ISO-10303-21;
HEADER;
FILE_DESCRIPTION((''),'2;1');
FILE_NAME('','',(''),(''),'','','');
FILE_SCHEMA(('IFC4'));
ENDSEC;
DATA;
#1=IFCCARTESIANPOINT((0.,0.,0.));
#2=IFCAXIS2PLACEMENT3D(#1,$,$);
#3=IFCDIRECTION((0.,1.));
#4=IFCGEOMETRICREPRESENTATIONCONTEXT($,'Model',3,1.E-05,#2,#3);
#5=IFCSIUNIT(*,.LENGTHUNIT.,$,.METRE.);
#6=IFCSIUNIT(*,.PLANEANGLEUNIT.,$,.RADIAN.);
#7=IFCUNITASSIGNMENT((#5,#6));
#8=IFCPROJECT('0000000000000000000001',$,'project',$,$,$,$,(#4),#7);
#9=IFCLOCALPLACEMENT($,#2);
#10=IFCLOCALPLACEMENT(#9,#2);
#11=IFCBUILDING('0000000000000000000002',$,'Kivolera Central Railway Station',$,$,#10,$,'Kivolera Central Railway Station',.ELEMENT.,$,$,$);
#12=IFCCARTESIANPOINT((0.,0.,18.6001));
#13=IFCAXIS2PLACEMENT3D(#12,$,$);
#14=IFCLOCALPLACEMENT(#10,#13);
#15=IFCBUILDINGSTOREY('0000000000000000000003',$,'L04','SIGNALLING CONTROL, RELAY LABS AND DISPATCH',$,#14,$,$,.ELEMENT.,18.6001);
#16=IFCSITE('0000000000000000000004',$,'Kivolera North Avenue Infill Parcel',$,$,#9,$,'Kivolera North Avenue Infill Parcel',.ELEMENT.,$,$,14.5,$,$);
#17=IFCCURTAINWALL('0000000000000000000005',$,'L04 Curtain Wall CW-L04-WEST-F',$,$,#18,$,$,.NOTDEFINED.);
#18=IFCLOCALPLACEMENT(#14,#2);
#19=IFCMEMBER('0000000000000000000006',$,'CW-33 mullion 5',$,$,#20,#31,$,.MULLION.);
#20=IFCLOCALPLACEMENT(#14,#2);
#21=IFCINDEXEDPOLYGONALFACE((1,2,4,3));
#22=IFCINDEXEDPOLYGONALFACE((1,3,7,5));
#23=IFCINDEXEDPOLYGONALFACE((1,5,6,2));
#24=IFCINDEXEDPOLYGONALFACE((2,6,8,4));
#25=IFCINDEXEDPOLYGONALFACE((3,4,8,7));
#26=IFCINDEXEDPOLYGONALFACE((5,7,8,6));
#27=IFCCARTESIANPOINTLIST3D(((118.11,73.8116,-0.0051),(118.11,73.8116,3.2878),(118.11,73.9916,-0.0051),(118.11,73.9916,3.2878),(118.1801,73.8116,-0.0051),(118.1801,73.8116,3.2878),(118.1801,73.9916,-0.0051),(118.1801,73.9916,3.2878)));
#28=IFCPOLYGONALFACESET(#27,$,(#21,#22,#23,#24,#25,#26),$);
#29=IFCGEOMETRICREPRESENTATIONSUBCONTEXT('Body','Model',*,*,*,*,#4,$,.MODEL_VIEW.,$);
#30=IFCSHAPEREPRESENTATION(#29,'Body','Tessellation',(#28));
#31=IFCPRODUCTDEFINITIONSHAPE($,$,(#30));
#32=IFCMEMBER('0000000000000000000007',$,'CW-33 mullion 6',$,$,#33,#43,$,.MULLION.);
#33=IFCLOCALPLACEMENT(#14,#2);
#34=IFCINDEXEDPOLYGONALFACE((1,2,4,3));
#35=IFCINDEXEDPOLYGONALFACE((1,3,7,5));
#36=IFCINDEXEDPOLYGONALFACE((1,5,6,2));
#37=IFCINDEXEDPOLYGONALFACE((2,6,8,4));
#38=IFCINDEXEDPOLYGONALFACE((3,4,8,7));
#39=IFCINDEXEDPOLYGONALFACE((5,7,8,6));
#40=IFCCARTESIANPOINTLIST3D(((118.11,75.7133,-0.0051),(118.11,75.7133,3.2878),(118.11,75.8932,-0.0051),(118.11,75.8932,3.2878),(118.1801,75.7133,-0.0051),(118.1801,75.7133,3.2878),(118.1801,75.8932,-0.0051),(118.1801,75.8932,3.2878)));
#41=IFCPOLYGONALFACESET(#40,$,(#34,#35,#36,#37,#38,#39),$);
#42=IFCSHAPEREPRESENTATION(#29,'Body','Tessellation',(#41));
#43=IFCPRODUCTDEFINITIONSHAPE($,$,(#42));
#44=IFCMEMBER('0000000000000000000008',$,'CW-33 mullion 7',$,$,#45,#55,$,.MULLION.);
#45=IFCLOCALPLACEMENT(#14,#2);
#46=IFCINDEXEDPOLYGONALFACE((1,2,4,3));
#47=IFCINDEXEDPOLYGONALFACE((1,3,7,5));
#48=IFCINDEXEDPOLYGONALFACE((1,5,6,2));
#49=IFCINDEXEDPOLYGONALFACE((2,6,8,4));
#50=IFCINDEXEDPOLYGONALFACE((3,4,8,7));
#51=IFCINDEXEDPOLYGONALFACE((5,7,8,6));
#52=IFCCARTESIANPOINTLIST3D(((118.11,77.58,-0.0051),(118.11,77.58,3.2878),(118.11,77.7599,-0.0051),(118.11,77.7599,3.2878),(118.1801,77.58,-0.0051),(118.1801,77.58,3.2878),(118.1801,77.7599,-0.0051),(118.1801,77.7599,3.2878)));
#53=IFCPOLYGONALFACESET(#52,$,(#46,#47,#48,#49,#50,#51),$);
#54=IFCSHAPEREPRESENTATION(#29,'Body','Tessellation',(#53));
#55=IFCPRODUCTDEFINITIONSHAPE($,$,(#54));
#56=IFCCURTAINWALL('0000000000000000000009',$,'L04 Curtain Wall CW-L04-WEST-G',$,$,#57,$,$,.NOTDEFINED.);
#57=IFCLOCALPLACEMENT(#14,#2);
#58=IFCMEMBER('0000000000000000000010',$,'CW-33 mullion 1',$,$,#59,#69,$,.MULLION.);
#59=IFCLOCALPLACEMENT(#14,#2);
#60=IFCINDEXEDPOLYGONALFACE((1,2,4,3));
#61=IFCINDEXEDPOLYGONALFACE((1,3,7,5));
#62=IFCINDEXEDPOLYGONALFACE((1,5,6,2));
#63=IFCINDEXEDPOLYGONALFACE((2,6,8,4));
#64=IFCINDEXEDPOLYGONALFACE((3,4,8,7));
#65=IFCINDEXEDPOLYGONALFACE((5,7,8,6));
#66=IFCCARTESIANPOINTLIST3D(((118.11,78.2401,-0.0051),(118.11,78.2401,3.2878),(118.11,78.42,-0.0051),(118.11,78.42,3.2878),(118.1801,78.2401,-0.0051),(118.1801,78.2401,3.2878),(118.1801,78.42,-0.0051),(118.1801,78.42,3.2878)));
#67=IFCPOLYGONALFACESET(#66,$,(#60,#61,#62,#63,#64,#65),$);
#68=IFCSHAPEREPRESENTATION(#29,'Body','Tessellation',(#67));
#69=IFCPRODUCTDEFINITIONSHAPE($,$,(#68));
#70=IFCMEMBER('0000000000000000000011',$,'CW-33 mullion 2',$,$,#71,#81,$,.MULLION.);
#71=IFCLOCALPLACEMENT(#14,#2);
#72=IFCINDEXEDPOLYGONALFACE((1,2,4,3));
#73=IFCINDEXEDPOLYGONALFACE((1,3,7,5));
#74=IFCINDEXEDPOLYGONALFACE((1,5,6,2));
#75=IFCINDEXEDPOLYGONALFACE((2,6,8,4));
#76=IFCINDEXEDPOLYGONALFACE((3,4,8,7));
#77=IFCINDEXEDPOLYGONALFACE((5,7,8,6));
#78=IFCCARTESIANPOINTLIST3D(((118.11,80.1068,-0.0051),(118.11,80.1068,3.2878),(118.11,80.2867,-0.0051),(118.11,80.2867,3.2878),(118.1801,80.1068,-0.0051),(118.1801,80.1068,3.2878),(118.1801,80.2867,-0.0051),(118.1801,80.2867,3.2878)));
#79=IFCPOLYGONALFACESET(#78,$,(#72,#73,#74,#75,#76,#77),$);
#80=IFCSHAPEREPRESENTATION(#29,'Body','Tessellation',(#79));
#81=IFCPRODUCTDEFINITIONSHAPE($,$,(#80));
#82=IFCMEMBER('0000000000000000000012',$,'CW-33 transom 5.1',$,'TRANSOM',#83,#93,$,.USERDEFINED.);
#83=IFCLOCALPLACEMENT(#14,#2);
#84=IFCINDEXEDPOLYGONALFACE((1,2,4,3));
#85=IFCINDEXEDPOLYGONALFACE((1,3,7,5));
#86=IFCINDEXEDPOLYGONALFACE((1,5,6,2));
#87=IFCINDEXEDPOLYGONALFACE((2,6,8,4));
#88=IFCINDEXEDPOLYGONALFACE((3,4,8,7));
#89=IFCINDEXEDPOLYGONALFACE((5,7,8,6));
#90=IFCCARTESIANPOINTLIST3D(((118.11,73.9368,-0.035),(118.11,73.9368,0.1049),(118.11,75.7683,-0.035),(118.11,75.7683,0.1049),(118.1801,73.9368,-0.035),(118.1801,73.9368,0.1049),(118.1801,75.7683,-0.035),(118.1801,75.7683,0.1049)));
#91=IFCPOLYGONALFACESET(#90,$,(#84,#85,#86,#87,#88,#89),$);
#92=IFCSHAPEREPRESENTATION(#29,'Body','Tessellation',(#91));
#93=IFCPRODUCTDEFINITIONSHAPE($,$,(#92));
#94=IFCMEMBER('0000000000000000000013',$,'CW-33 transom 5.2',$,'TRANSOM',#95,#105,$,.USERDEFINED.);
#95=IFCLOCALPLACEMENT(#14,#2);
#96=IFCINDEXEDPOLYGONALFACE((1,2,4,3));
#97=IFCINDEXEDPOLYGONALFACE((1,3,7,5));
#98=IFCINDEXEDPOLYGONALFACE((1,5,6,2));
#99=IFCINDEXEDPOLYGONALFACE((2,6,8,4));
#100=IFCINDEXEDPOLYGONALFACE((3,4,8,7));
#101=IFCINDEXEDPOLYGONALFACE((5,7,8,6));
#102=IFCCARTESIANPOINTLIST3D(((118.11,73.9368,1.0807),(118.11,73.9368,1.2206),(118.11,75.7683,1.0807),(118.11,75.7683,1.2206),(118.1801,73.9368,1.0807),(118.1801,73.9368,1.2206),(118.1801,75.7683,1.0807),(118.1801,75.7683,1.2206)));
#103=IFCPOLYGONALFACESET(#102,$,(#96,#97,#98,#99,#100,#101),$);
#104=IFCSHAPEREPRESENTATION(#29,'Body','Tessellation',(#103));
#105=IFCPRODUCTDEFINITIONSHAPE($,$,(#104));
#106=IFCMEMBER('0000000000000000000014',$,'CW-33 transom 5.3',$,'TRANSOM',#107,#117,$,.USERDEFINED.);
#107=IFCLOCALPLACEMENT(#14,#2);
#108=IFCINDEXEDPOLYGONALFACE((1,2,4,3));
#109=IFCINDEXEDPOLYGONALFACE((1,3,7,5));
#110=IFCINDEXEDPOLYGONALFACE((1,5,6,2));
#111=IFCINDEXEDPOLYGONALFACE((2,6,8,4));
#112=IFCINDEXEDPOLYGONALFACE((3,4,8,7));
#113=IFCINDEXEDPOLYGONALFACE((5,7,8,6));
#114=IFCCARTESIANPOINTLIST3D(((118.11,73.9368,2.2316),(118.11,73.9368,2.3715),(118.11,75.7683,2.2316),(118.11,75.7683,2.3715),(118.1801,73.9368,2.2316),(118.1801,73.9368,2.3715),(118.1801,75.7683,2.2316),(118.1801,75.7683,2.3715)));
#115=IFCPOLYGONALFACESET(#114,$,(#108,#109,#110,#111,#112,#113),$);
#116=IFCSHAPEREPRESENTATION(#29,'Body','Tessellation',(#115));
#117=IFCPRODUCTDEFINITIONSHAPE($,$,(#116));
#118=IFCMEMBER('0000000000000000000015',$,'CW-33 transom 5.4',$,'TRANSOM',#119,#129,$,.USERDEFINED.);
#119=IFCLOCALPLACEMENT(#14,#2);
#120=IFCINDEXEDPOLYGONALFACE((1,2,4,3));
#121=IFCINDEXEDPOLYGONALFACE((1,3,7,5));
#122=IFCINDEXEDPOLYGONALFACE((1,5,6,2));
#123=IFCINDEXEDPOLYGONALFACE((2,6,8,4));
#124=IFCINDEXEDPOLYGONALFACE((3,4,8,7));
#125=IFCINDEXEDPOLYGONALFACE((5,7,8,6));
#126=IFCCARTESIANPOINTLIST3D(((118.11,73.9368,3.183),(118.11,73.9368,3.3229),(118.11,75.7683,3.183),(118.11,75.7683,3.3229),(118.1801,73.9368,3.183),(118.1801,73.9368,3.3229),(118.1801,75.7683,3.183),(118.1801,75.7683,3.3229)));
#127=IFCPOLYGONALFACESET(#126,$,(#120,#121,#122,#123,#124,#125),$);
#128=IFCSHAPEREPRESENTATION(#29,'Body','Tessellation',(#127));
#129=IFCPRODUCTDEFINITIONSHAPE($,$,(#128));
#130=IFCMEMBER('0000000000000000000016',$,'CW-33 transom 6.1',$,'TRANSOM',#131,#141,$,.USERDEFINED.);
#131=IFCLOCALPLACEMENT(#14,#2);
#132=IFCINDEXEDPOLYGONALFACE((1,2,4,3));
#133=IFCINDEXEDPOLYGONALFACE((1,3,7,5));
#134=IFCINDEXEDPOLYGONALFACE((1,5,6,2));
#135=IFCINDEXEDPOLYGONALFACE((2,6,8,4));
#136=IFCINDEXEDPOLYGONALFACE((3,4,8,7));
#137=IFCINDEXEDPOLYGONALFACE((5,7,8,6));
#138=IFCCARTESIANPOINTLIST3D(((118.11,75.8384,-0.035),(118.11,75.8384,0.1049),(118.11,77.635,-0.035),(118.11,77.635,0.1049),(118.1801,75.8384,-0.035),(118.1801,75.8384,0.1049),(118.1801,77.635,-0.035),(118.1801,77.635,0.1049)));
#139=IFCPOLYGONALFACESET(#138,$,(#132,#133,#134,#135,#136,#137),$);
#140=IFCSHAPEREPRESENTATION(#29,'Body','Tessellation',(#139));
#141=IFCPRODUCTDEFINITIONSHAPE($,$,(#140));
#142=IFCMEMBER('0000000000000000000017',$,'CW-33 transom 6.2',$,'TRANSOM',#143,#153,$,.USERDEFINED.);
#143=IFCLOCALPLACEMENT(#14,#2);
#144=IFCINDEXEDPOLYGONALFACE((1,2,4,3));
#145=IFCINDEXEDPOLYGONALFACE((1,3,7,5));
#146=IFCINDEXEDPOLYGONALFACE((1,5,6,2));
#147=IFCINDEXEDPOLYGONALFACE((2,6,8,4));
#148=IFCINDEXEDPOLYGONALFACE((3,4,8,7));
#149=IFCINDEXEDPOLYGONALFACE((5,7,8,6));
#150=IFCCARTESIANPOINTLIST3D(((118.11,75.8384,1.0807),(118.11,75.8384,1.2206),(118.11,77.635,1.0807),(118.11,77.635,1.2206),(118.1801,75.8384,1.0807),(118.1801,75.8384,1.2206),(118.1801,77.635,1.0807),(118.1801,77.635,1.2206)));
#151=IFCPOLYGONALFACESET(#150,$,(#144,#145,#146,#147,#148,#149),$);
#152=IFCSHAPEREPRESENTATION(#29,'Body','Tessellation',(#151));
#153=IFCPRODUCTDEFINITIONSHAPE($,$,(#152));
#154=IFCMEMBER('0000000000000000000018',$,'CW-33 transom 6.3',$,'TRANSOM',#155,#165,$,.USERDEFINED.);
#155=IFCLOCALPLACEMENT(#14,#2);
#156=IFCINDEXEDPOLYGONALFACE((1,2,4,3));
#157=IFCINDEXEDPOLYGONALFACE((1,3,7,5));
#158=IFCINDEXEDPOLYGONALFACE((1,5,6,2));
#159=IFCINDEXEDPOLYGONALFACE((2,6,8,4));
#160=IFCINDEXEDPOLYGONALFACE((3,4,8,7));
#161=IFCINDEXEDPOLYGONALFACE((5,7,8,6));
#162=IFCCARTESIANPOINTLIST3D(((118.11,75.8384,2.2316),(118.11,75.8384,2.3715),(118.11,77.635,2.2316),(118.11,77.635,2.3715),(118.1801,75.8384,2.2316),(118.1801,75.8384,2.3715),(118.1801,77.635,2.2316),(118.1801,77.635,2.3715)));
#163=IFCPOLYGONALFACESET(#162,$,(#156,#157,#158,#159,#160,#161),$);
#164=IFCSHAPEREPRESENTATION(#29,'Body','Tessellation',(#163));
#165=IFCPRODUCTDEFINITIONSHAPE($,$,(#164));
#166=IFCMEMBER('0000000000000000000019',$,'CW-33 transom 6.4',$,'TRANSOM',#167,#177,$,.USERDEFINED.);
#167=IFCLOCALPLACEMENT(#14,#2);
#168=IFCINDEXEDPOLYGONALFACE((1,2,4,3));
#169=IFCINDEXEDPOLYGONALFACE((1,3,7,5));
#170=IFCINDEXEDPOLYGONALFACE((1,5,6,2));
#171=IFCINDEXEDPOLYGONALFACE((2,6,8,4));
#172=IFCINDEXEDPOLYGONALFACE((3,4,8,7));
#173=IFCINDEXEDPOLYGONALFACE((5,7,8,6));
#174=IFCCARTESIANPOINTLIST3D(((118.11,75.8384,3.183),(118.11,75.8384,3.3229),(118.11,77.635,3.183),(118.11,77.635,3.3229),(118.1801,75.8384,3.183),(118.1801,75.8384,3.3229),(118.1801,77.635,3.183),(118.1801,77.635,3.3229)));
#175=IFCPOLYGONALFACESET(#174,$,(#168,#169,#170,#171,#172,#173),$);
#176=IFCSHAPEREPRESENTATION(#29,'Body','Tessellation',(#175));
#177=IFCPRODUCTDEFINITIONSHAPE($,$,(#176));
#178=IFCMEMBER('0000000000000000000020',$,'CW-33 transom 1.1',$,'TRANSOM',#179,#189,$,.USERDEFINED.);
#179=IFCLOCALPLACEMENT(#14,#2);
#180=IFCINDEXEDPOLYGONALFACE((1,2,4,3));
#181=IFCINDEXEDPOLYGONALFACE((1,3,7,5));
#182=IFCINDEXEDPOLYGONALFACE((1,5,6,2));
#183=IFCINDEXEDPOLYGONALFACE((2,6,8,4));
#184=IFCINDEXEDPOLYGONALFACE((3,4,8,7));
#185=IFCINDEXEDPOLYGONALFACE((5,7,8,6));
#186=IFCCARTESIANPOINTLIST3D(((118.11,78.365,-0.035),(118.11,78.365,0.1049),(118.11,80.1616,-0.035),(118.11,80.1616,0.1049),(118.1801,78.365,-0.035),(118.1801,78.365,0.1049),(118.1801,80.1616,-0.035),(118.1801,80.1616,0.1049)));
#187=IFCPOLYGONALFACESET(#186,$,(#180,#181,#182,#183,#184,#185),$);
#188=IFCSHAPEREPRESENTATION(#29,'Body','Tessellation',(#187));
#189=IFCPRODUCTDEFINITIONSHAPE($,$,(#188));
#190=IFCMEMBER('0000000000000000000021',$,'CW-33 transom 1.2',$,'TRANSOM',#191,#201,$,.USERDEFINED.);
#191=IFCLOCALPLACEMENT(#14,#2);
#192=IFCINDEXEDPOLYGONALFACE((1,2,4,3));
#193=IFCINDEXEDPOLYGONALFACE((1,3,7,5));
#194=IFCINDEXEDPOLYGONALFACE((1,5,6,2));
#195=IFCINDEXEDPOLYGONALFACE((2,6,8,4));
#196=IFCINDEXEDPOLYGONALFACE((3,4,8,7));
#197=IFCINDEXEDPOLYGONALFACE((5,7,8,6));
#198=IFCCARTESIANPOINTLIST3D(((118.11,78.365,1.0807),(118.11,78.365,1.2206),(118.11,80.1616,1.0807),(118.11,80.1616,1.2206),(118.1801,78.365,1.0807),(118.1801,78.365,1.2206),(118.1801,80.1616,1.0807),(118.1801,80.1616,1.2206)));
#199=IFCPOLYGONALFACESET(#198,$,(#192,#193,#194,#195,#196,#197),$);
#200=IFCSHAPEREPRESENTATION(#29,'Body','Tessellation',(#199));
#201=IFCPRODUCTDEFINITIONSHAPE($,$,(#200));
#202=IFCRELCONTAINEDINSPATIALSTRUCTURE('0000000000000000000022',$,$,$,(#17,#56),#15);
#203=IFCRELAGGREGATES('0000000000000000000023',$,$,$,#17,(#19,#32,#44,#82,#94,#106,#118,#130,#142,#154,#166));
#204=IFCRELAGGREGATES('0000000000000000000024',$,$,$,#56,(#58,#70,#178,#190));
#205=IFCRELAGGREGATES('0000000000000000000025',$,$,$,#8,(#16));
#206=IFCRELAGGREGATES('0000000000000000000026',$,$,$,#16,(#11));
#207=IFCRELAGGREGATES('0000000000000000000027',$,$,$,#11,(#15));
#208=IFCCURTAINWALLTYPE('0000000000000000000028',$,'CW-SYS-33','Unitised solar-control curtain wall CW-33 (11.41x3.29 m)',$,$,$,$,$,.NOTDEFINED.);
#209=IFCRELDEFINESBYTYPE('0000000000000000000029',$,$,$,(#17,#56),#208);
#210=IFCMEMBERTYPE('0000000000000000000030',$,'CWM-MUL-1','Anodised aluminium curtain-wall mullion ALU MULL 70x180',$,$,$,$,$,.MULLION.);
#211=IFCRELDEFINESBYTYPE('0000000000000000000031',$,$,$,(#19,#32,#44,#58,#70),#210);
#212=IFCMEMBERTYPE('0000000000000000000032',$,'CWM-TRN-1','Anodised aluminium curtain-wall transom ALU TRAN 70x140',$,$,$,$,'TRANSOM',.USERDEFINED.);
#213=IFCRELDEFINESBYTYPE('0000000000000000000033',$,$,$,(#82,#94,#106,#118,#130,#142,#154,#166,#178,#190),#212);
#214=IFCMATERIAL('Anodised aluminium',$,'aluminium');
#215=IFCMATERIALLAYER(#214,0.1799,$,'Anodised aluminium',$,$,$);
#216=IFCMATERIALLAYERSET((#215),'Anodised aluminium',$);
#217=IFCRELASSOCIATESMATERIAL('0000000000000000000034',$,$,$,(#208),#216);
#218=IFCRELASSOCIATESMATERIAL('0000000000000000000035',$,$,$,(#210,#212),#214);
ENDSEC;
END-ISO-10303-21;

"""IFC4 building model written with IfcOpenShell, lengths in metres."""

from ifc_helpers import new_model, si_unit, direction, frame, origin, origin_2d, place, context, subcontext, project, spatial, rectangle, extrude, material, layer, layer_set, material_profile, profile_set, type_object, element, aggregate, save


model = new_model("IFC4")

# Units and contexts
model_context = context("Model", 3, precision=1e-05, world=origin(), true_north=direction((0.0, 1.0)))
body_context = subcontext(model_context, "Body", "Model", "MODEL_VIEW")
ifc_project = project(units=[si_unit("LENGTHUNIT", "METRE"), si_unit("PLANEANGLEUNIT", "RADIAN")], contexts=[model_context])

# Site, building, storey
site_placement = place(None, origin())
site = spatial("IfcSite", under=ifc_project, at=site_placement, Name="Kivolera North Avenue Infill Parcel", LongName="Kivolera North Avenue Infill Parcel", CompositionType="ELEMENT", RefElevation=14.5)
building_placement = place(site_placement, origin())
building = spatial("IfcBuilding", under=site, at=building_placement, Name="Kivolera Central Railway Station", LongName="Kivolera Central Railway Station", CompositionType="ELEMENT")
storey_placement = place(building_placement, frame((0.0, 0.0, 18.6001)))
storey = spatial("IfcBuildingStorey", under=building, at=storey_placement, Name="L04", Description="SIGNALLING CONTROL, RELAY LABS AND DISPATCH", CompositionType="ELEMENT", Elevation=18.6001)

# Curtain walls, members
ifc_material_1 = material(Name="Anodised aluminium", Category="aluminium")
ifc_layer_1 = layer(ifc_material_1, 0.1799, Name="Anodised aluminium")
ifc_layer_set_1 = layer_set([ifc_layer_1], Name="Anodised aluminium")
curtain_wall_type = type_object("IfcCurtainWallType", Name="CW-SYS-33", Description="Unitised solar-control curtain wall CW-33 (11.41x3.29 m)", PredefinedType="NOTDEFINED", material=ifc_layer_set_1)
curtain_wall_1_placement = place(storey_placement, origin())
curtain_wall_1 = element("IfcCurtainWall", 1, at=curtain_wall_1_placement, inside=storey, type_object=curtain_wall_type, Name="L04 Curtain Wall CW-L04-WEST-F", PredefinedType="NOTDEFINED")
ifc_material_profile_1 = material_profile(ifc_material_1, rectangle(XDim=0.0701, YDim=0.1799, at=origin_2d()), Name="ALU MULL 70x180")
ifc_profile_set_1 = profile_set([ifc_material_profile_1], Name="Anodised aluminium")
member_type_1 = type_object("IfcMemberType", Name="CWM-MUL-1", Description="Anodised aluminium curtain-wall mullion ALU MULL 70x180", PredefinedType="MULLION", material=ifc_profile_set_1)
member_1_placement = place(storey_placement, frame((118.145, 73.9016, -0.0051), z_axis=(0.0, 0.0, 1.0), x_axis=(-1.0, 0.0, 0.0)))
member_1 = element("IfcMember", 2, at=member_1_placement, type_object=member_type_1, Name="CW-33 mullion 5", PredefinedType="MULLION", context=body_context, shape_type="SweptSolid", body=[
    extrude(rectangle(XDim=0.0701, YDim=0.1799, at=origin_2d()), origin(), (0.0, 0.0, 1.0), 3.293),
])
member_2_placement = place(storey_placement, frame((118.145, 75.8032, -0.0051), z_axis=(0.0, 0.0, 1.0), x_axis=(-1.0, 0.0, 0.0)))
member_2 = element("IfcMember", 3, at=member_2_placement, type_object=member_type_1, Name="CW-33 mullion 6", PredefinedType="MULLION", context=body_context, shape_type="SweptSolid", body=[
    extrude(rectangle(XDim=0.0701, YDim=0.1799, at=origin_2d()), origin(), (0.0, 0.0, 1.0), 3.293),
])
member_3_placement = place(storey_placement, frame((118.145, 77.6699, -0.0051), z_axis=(0.0, 0.0, 1.0), x_axis=(-1.0, 0.0, 0.0)))
member_3 = element("IfcMember", 4, at=member_3_placement, type_object=member_type_1, Name="CW-33 mullion 7", PredefinedType="MULLION", context=body_context, shape_type="SweptSolid", body=[
    extrude(rectangle(XDim=0.0701, YDim=0.1799, at=origin_2d()), origin(), (0.0, 0.0, 1.0), 3.293),
])
curtain_wall_2_placement = place(storey_placement, origin())
curtain_wall_2 = element("IfcCurtainWall", 5, at=curtain_wall_2_placement, inside=storey, type_object=curtain_wall_type, Name="L04 Curtain Wall CW-L04-WEST-G", PredefinedType="NOTDEFINED")
member_4_placement = place(storey_placement, frame((118.145, 78.3301, -0.0051), z_axis=(0.0, 0.0, 1.0), x_axis=(-1.0, 0.0, 0.0)))
member_4 = element("IfcMember", 6, at=member_4_placement, type_object=member_type_1, Name="CW-33 mullion 1", PredefinedType="MULLION", context=body_context, shape_type="SweptSolid", body=[
    extrude(rectangle(XDim=0.0701, YDim=0.1799, at=origin_2d()), origin(), (0.0, 0.0, 1.0), 3.293),
])
member_5_placement = place(storey_placement, frame((118.145, 80.1968, -0.0051), z_axis=(0.0, 0.0, 1.0), x_axis=(-1.0, 0.0, 0.0)))
member_5 = element("IfcMember", 7, at=member_5_placement, type_object=member_type_1, Name="CW-33 mullion 2", PredefinedType="MULLION", context=body_context, shape_type="SweptSolid", body=[
    extrude(rectangle(XDim=0.0701, YDim=0.1799, at=origin_2d()), origin(), (0.0, 0.0, 1.0), 3.293),
])

# Members
ifc_material_profile_2 = material_profile(ifc_material_1, rectangle(XDim=0.0701, YDim=0.1399, at=origin_2d()), Name="ALU TRAN 70x140")
ifc_profile_set_2 = profile_set([ifc_material_profile_2], Name="Anodised aluminium")
member_type_2 = type_object("IfcMemberType", Name="CWM-TRN-1", Description="Anodised aluminium curtain-wall transom ALU TRAN 70x140", ElementType="TRANSOM", PredefinedType="USERDEFINED", material=ifc_profile_set_2)
member_6_placement = place(storey_placement, frame((118.145, 73.9368, 0.0349), z_axis=(0.0, 1.0, 0.0), x_axis=(-1.0, 0.0, 0.0)))
member_6 = element("IfcMember", 8, at=member_6_placement, type_object=member_type_2, Name="CW-33 transom 5.1", ObjectType="TRANSOM", PredefinedType="USERDEFINED", context=body_context, shape_type="SweptSolid", body=[
    extrude(rectangle(XDim=0.0701, YDim=0.1399, at=origin_2d()), origin(), (0.0, 0.0, 1.0), 1.8315),
])
member_7_placement = place(storey_placement, frame((118.145, 73.9368, 1.1506), z_axis=(0.0, 1.0, 0.0), x_axis=(-1.0, 0.0, 0.0)))
member_7 = element("IfcMember", 9, at=member_7_placement, type_object=member_type_2, Name="CW-33 transom 5.2", ObjectType="TRANSOM", PredefinedType="USERDEFINED", context=body_context, shape_type="SweptSolid", body=[
    extrude(rectangle(XDim=0.0701, YDim=0.1399, at=origin_2d()), origin(), (0.0, 0.0, 1.0), 1.8315),
])
member_8_placement = place(storey_placement, frame((118.145, 73.9368, 2.3015), z_axis=(0.0, 1.0, 0.0), x_axis=(-1.0, 0.0, 0.0)))
member_8 = element("IfcMember", 10, at=member_8_placement, type_object=member_type_2, Name="CW-33 transom 5.3", ObjectType="TRANSOM", PredefinedType="USERDEFINED", context=body_context, shape_type="SweptSolid", body=[
    extrude(rectangle(XDim=0.0701, YDim=0.1399, at=origin_2d()), origin(), (0.0, 0.0, 1.0), 1.8315),
])
member_9_placement = place(storey_placement, frame((118.145, 73.9368, 3.2529), z_axis=(0.0, 1.0, 0.0), x_axis=(-1.0, 0.0, 0.0)))
member_9 = element("IfcMember", 11, at=member_9_placement, type_object=member_type_2, Name="CW-33 transom 5.4", ObjectType="TRANSOM", PredefinedType="USERDEFINED", context=body_context, shape_type="SweptSolid", body=[
    extrude(rectangle(XDim=0.0701, YDim=0.1399, at=origin_2d()), origin(), (0.0, 0.0, 1.0), 1.8315),
])
member_10_placement = place(storey_placement, frame((118.145, 75.8384, 0.0349), z_axis=(0.0, 1.0, 0.0), x_axis=(-1.0, 0.0, 0.0)))
member_10 = element("IfcMember", 12, at=member_10_placement, type_object=member_type_2, Name="CW-33 transom 6.1", ObjectType="TRANSOM", PredefinedType="USERDEFINED", context=body_context, shape_type="SweptSolid", body=[
    extrude(rectangle(XDim=0.0701, YDim=0.1399, at=origin_2d()), origin(), (0.0, 0.0, 1.0), 1.7966),
])
member_11_placement = place(storey_placement, frame((118.145, 75.8384, 1.1506), z_axis=(0.0, 1.0, 0.0), x_axis=(-1.0, 0.0, 0.0)))
member_11 = element("IfcMember", 13, at=member_11_placement, type_object=member_type_2, Name="CW-33 transom 6.2", ObjectType="TRANSOM", PredefinedType="USERDEFINED", context=body_context, shape_type="SweptSolid", body=[
    extrude(rectangle(XDim=0.0701, YDim=0.1399, at=origin_2d()), origin(), (0.0, 0.0, 1.0), 1.7966),
])
member_12_placement = place(storey_placement, frame((118.145, 75.8384, 2.3015), z_axis=(0.0, 1.0, 0.0), x_axis=(-1.0, 0.0, 0.0)))
member_12 = element("IfcMember", 14, at=member_12_placement, type_object=member_type_2, Name="CW-33 transom 6.3", ObjectType="TRANSOM", PredefinedType="USERDEFINED", context=body_context, shape_type="SweptSolid", body=[
    extrude(rectangle(XDim=0.0701, YDim=0.1399, at=origin_2d()), origin(), (0.0, 0.0, 1.0), 1.7966),
])
member_13_placement = place(storey_placement, frame((118.145, 75.8384, 3.2529), z_axis=(0.0, 1.0, 0.0), x_axis=(-1.0, 0.0, 0.0)))
member_13 = element("IfcMember", 15, at=member_13_placement, type_object=member_type_2, Name="CW-33 transom 6.4", ObjectType="TRANSOM", PredefinedType="USERDEFINED", context=body_context, shape_type="SweptSolid", body=[
    extrude(rectangle(XDim=0.0701, YDim=0.1399, at=origin_2d()), origin(), (0.0, 0.0, 1.0), 1.7966),
])
member_14_placement = place(storey_placement, frame((118.145, 78.365, 0.0349), z_axis=(0.0, 1.0, 0.0), x_axis=(-1.0, 0.0, 0.0)))
member_14 = element("IfcMember", 16, at=member_14_placement, type_object=member_type_2, Name="CW-33 transom 1.1", ObjectType="TRANSOM", PredefinedType="USERDEFINED", context=body_context, shape_type="SweptSolid", body=[
    extrude(rectangle(XDim=0.0701, YDim=0.1399, at=origin_2d()), origin(), (0.0, 0.0, 1.0), 1.7966),
])
member_15_placement = place(storey_placement, frame((118.145, 78.365, 1.1506), z_axis=(0.0, 1.0, 0.0), x_axis=(-1.0, 0.0, 0.0)))
member_15 = element("IfcMember", 17, at=member_15_placement, type_object=member_type_2, Name="CW-33 transom 1.2", ObjectType="TRANSOM", PredefinedType="USERDEFINED", context=body_context, shape_type="SweptSolid", body=[
    extrude(rectangle(XDim=0.0701, YDim=0.1399, at=origin_2d()), origin(), (0.0, 0.0, 1.0), 1.7966),
])

aggregate(curtain_wall_1, [member_1, member_2, member_3, member_6, member_7, member_8, member_9, member_10, member_11, member_12, member_13])
aggregate(curtain_wall_2, [member_4, member_5, member_14, member_15])

save(model, "model.ifc")
